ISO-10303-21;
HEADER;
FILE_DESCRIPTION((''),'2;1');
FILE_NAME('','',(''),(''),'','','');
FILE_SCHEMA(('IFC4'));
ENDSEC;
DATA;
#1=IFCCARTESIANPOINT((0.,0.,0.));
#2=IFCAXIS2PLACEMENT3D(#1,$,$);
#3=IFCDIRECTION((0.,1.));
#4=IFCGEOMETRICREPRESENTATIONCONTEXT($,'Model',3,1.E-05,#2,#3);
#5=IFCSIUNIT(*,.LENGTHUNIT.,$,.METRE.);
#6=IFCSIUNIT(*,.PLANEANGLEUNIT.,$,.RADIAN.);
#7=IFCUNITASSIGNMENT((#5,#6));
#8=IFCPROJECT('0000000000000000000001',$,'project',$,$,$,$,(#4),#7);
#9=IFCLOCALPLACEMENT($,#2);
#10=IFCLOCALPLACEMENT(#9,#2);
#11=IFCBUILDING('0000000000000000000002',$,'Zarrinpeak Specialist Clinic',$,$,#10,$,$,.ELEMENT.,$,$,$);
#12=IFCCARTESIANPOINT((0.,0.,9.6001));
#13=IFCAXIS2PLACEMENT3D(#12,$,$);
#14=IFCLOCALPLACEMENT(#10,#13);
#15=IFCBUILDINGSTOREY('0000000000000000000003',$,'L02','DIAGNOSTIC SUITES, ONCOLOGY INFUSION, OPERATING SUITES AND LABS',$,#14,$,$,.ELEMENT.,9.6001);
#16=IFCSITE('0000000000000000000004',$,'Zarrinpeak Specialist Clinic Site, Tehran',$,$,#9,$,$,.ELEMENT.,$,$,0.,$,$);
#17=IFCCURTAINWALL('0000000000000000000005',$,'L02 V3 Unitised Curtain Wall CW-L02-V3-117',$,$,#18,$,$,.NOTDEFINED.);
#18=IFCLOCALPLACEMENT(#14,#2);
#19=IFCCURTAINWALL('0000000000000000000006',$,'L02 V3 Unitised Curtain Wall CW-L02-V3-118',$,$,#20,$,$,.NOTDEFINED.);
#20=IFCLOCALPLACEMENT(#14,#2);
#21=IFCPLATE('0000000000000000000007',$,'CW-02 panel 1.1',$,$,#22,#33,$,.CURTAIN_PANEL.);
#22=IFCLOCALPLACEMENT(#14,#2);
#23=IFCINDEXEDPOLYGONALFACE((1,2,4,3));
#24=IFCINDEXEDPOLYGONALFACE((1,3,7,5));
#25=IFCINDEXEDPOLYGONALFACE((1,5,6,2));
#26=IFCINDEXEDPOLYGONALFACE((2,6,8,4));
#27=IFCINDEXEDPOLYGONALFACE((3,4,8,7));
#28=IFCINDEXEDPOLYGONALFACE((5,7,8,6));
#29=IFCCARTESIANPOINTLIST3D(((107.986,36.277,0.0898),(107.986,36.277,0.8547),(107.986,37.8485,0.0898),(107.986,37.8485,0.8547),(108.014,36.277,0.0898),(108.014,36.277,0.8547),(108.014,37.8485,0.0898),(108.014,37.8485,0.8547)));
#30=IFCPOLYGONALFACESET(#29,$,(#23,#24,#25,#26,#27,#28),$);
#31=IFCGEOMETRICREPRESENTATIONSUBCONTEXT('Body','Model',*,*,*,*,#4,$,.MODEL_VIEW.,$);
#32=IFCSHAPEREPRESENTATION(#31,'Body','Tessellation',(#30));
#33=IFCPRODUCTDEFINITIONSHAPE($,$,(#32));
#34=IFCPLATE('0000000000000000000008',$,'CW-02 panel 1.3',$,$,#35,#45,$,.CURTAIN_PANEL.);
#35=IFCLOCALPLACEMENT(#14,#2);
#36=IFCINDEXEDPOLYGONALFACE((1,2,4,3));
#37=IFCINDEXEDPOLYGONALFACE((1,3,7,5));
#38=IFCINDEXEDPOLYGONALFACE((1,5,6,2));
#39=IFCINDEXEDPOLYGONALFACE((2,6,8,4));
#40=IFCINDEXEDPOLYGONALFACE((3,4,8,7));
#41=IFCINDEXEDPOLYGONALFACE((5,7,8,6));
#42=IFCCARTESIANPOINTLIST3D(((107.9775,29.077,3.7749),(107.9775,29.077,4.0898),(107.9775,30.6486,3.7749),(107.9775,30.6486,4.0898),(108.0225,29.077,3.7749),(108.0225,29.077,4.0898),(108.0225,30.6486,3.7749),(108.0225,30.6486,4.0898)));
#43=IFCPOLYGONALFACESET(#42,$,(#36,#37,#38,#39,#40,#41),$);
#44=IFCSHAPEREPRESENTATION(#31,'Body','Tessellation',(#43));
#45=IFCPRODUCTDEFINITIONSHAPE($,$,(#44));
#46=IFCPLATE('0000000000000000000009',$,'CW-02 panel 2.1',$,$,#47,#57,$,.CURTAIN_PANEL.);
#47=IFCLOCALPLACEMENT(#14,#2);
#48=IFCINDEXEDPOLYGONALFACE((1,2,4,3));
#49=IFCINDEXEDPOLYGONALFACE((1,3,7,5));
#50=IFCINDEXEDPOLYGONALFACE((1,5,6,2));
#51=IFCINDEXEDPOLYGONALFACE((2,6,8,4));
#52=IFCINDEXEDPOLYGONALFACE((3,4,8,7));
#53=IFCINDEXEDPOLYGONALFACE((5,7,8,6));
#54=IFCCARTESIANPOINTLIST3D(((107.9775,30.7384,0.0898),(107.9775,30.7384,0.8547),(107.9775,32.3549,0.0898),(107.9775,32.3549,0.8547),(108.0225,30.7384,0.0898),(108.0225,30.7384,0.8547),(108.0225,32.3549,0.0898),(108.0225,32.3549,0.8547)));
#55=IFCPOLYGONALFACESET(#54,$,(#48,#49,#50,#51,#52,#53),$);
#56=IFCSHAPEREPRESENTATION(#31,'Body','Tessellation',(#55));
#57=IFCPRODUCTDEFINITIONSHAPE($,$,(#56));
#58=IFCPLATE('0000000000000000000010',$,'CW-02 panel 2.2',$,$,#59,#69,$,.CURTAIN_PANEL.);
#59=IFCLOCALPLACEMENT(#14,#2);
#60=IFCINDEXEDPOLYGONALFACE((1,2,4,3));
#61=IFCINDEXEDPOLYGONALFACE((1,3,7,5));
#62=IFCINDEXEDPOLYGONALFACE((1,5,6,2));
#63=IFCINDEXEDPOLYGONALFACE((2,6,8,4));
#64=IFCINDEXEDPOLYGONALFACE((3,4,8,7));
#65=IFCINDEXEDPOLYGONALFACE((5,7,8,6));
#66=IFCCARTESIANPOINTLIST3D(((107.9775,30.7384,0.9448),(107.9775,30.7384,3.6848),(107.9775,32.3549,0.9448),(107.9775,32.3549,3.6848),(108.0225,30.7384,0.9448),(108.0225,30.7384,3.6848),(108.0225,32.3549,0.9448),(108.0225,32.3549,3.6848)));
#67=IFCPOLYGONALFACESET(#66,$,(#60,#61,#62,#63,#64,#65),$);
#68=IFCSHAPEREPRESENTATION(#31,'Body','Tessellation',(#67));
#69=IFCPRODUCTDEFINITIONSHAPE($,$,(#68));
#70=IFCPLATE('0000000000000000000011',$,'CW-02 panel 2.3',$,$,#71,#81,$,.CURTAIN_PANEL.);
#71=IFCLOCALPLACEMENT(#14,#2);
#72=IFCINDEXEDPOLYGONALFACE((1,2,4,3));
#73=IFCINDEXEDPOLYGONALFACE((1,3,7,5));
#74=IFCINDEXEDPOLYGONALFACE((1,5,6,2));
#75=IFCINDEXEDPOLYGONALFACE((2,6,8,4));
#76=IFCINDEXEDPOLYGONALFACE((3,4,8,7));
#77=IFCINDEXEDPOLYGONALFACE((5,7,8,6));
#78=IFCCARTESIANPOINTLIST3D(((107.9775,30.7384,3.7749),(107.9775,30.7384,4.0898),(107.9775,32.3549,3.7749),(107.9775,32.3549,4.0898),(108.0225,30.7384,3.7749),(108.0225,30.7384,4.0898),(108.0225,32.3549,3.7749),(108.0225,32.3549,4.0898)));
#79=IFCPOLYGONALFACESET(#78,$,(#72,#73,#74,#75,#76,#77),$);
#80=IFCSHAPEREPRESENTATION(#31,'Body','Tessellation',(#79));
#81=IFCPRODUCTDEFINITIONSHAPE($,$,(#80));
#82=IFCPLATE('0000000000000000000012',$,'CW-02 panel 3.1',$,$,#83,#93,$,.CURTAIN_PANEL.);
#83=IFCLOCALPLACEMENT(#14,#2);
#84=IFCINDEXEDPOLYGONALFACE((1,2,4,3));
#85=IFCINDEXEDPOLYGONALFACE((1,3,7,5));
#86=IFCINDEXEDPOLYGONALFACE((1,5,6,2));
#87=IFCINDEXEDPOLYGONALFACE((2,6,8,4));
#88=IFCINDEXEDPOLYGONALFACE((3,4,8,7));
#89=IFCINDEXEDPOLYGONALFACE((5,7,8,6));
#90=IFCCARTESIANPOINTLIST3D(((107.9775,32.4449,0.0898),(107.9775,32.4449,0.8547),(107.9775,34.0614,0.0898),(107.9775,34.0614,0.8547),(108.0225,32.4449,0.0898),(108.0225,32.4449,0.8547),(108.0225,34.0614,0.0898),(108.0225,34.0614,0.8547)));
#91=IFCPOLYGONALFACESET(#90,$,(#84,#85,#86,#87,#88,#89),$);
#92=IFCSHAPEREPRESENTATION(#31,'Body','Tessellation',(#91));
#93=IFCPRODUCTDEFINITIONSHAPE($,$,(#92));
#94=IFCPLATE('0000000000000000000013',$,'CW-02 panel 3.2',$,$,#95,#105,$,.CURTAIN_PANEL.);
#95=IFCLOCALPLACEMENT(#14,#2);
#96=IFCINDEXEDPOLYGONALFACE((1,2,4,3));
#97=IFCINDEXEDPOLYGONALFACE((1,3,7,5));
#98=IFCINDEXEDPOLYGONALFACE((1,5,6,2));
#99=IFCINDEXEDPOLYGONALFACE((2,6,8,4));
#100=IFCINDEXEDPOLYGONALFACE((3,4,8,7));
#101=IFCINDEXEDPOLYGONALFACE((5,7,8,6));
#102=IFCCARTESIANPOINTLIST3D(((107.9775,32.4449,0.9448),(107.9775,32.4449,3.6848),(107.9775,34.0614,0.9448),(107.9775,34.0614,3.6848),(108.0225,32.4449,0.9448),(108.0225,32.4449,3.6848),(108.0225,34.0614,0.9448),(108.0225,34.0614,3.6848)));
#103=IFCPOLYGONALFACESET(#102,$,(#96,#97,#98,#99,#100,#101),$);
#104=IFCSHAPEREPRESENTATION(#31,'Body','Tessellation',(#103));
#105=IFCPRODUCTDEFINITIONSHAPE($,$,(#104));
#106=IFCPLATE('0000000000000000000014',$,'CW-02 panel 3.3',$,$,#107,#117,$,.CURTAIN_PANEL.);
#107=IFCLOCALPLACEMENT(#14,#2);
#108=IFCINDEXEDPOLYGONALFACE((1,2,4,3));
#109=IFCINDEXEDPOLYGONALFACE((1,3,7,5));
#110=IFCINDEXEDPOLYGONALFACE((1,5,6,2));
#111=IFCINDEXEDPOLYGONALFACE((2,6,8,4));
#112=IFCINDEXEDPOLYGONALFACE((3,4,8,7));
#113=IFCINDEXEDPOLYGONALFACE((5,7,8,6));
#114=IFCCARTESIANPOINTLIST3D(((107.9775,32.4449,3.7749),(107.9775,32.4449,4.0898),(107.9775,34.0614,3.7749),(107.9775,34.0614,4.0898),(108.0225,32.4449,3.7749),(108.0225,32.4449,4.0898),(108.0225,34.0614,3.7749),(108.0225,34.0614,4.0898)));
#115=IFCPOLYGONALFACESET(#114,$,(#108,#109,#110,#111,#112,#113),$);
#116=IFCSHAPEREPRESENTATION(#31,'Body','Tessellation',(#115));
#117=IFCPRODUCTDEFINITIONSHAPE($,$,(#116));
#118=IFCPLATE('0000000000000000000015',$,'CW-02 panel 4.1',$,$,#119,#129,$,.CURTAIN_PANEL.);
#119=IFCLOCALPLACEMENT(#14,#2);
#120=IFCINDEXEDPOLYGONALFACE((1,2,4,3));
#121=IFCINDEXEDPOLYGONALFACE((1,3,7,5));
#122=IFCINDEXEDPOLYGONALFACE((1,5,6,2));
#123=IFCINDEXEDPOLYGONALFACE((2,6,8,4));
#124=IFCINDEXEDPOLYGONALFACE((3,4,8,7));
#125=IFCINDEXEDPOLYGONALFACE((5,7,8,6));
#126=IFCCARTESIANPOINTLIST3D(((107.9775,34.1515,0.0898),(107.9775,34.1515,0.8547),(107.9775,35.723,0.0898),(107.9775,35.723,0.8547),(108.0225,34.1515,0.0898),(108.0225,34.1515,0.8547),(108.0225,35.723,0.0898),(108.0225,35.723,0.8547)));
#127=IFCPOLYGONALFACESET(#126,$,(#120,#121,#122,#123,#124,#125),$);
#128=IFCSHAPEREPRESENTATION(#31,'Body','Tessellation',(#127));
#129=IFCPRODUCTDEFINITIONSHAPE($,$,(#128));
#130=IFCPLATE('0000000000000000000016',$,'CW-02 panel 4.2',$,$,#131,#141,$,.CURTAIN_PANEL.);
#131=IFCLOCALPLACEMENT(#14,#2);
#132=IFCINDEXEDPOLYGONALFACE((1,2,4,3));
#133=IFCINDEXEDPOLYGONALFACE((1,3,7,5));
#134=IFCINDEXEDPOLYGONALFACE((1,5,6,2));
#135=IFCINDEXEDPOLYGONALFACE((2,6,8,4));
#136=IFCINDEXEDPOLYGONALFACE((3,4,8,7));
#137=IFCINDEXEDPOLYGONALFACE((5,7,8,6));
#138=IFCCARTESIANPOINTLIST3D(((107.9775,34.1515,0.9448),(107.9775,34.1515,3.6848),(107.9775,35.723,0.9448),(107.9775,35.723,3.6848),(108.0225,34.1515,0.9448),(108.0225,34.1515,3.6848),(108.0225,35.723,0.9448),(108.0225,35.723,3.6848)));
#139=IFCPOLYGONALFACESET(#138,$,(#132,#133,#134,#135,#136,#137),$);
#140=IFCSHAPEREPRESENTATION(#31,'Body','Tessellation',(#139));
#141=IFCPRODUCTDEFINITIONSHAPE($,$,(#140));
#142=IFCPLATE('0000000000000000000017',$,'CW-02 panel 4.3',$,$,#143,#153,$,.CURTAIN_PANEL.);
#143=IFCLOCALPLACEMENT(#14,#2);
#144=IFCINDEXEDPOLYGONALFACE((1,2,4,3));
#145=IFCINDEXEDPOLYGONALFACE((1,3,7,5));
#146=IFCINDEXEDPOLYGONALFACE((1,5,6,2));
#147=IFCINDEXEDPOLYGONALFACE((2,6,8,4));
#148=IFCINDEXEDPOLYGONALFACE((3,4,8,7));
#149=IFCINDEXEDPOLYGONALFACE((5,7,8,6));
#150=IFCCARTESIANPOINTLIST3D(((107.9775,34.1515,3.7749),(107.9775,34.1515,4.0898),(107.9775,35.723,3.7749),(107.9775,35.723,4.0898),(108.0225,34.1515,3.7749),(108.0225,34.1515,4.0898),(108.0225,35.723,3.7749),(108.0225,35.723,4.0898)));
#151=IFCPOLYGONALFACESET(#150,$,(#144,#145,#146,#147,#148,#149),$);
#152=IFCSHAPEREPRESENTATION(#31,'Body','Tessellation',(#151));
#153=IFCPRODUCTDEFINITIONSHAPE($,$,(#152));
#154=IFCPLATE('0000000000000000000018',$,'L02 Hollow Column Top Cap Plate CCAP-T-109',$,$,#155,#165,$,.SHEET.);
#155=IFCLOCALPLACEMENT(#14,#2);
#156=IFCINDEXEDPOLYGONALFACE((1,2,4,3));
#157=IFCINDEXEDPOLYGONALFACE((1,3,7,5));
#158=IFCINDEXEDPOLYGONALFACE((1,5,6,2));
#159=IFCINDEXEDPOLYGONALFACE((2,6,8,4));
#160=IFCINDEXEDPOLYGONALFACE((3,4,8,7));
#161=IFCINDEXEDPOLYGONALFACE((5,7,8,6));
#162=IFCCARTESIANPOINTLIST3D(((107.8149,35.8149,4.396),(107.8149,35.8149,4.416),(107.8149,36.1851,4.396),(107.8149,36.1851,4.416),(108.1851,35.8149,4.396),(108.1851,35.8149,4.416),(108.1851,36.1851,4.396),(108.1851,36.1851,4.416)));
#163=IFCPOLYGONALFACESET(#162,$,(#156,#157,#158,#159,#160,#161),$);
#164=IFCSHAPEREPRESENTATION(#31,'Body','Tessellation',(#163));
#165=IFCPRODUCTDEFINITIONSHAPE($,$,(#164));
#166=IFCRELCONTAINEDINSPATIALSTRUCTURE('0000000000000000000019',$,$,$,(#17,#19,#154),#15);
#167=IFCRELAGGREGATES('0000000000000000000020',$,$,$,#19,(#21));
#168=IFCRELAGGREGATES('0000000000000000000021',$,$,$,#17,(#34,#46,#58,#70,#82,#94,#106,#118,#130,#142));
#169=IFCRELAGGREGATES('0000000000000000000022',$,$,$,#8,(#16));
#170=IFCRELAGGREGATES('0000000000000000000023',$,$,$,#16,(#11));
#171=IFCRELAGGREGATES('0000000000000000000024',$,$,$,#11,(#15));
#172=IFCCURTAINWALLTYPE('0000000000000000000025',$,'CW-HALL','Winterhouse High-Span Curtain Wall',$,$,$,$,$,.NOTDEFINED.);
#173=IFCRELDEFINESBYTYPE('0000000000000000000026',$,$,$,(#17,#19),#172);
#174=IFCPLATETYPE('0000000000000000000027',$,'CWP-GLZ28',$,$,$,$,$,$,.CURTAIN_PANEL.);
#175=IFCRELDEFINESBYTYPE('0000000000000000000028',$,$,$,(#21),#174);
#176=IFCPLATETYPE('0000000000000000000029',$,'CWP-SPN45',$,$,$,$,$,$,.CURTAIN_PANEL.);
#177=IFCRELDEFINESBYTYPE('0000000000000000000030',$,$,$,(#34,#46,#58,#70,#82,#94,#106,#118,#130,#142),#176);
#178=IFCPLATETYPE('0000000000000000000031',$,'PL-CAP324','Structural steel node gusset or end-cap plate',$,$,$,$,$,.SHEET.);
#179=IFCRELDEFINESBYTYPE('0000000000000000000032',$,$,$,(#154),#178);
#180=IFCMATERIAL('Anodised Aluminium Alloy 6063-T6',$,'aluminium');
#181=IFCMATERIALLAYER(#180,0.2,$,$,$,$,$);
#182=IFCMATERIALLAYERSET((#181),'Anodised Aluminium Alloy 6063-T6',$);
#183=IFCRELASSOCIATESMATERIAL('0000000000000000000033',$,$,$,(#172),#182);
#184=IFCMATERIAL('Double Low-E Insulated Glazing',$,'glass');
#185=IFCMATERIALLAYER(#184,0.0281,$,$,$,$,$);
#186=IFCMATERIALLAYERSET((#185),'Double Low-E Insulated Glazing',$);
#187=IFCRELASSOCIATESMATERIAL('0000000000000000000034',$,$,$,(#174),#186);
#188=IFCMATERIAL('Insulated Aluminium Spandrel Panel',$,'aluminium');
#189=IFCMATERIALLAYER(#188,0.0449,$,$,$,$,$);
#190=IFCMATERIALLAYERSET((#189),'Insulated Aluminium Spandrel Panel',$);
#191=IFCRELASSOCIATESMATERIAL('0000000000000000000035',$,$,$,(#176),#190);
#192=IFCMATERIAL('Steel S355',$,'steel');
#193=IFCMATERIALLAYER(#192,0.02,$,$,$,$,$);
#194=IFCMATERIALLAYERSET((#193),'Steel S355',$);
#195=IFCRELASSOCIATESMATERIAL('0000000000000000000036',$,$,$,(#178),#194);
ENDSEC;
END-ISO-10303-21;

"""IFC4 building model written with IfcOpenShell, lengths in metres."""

from ifc_helpers import new_model, si_unit, direction, frame, origin, origin_2d, place, context, subcontext, project, spatial, rectangle, extrude, material, layer, layer_set, type_object, element, aggregate, save


model = new_model("IFC4")

# Units and contexts
model_context = context("Model", 3, precision=1e-05, world=origin(), true_north=direction((0.0, 1.0)))
body_context = subcontext(model_context, "Body", "Model", "MODEL_VIEW")
ifc_project = project(units=[si_unit("LENGTHUNIT", "METRE"), si_unit("PLANEANGLEUNIT", "RADIAN")], contexts=[model_context])

# Site, building, storey
site_placement = place(None, origin())
site = spatial("IfcSite", under=ifc_project, at=site_placement, Name="Zarrinpeak Specialist Clinic Site, Tehran", CompositionType="ELEMENT", RefElevation=0.0)
building_placement = place(site_placement, origin())
building = spatial("IfcBuilding", under=site, at=building_placement, Name="Zarrinpeak Specialist Clinic", CompositionType="ELEMENT")
storey_placement = place(building_placement, frame((0.0, 0.0, 9.6001)))
storey = spatial("IfcBuildingStorey", under=building, at=storey_placement, Name="L02", Description="DIAGNOSTIC SUITES, ONCOLOGY INFUSION, OPERATING SUITES AND LABS", CompositionType="ELEMENT", Elevation=9.6001)

# Shared definitions
ifc_material_1 = material(Name="Steel S355", Category="steel")

# Curtain wall
ifc_material_2 = material(Name="Anodised Aluminium Alloy 6063-T6", Category="aluminium")
ifc_layer_1 = layer(ifc_material_2, 0.2)
ifc_layer_set_1 = layer_set([ifc_layer_1], Name="Anodised Aluminium Alloy 6063-T6")
curtain_wall_type = type_object("IfcCurtainWallType", Name="CW-HALL", Description="Winterhouse High-Span Curtain Wall", PredefinedType="NOTDEFINED", material=ifc_layer_set_1)
curtain_wall_1_placement = place(storey_placement, origin())
curtain_wall_1 = element("IfcCurtainWall", 1, at=curtain_wall_1_placement, inside=storey, type_object=curtain_wall_type, Name="L02 V3 Unitised Curtain Wall CW-L02-V3-117", PredefinedType="NOTDEFINED")

# Curtain wall
curtain_wall_2_placement = place(storey_placement, origin())
curtain_wall_2 = element("IfcCurtainWall", 2, at=curtain_wall_2_placement, inside=storey, type_object=curtain_wall_type, Name="L02 V3 Unitised Curtain Wall CW-L02-V3-118", PredefinedType="NOTDEFINED")

# Plates
ifc_material_3 = material(Name="Double Low-E Insulated Glazing", Category="glass")
ifc_layer_2 = layer(ifc_material_3, 0.0281)
ifc_layer_set_2 = layer_set([ifc_layer_2], Name="Double Low-E Insulated Glazing")
plate_type_1 = type_object("IfcPlateType", Name="CWP-GLZ28", PredefinedType="CURTAIN_PANEL", material=ifc_layer_set_2)
plate_1_placement = place(storey_placement, frame((108.0, 37.0627, 0.0898), z_axis=(0.0, 0.0, 1.0), x_axis=(0.0, 1.0, 0.0)))
plate_1 = element("IfcPlate", 3, at=plate_1_placement, type_object=plate_type_1, Name="CW-02 panel 1.1", PredefinedType="CURTAIN_PANEL", context=body_context, shape_type="SweptSolid", body=[
    extrude(rectangle(XDim=1.5715, YDim=0.0281, at=origin_2d()), origin(), (0.0, 0.0, 1.0), 0.7649),
])
aggregate(curtain_wall_2, [plate_1])
ifc_material_4 = material(Name="Insulated Aluminium Spandrel Panel", Category="aluminium")
ifc_layer_3 = layer(ifc_material_4, 0.0449)
ifc_layer_set_3 = layer_set([ifc_layer_3], Name="Insulated Aluminium Spandrel Panel")
plate_type_2 = type_object("IfcPlateType", Name="CWP-SPN45", PredefinedType="CURTAIN_PANEL", material=ifc_layer_set_3)
plate_2_placement = place(storey_placement, frame((108.0, 29.8628, 3.7749), z_axis=(0.0, 0.0, 1.0), x_axis=(0.0, 1.0, 0.0)))
plate_2 = element("IfcPlate", 4, at=plate_2_placement, type_object=plate_type_2, Name="CW-02 panel 1.3", PredefinedType="CURTAIN_PANEL", context=body_context, shape_type="SweptSolid", body=[
    extrude(rectangle(XDim=1.5715, YDim=0.0449, at=origin_2d()), origin(), (0.0, 0.0, 1.0), 0.3149),
])
plate_3_placement = place(storey_placement, frame((108.0, 31.5466, 0.0898), z_axis=(0.0, 0.0, 1.0), x_axis=(0.0, 1.0, 0.0)))
plate_3 = element("IfcPlate", 5, at=plate_3_placement, type_object=plate_type_2, Name="CW-02 panel 2.1", PredefinedType="CURTAIN_PANEL", context=body_context, shape_type="SweptSolid", body=[
    extrude(rectangle(XDim=1.6165, YDim=0.0449, at=origin_2d()), origin(), (0.0, 0.0, 1.0), 0.7649),
])
plate_4_placement = place(storey_placement, frame((108.0, 31.5466, 0.9448), z_axis=(0.0, 0.0, 1.0), x_axis=(0.0, 1.0, 0.0)))
plate_4 = element("IfcPlate", 6, at=plate_4_placement, type_object=plate_type_2, Name="CW-02 panel 2.2", PredefinedType="CURTAIN_PANEL", context=body_context, shape_type="SweptSolid", body=[
    extrude(rectangle(XDim=1.6165, YDim=0.0449, at=origin_2d()), origin(), (0.0, 0.0, 1.0), 2.74),
])
plate_5_placement = place(storey_placement, frame((108.0, 31.5466, 3.7749), z_axis=(0.0, 0.0, 1.0), x_axis=(0.0, 1.0, 0.0)))
plate_5 = element("IfcPlate", 7, at=plate_5_placement, type_object=plate_type_2, Name="CW-02 panel 2.3", PredefinedType="CURTAIN_PANEL", context=body_context, shape_type="SweptSolid", body=[
    extrude(rectangle(XDim=1.6165, YDim=0.0449, at=origin_2d()), origin(), (0.0, 0.0, 1.0), 0.3149),
])
plate_6_placement = place(storey_placement, frame((108.0, 33.2532, 0.0898), z_axis=(0.0, 0.0, 1.0), x_axis=(0.0, 1.0, 0.0)))
plate_6 = element("IfcPlate", 8, at=plate_6_placement, type_object=plate_type_2, Name="CW-02 panel 3.1", PredefinedType="CURTAIN_PANEL", context=body_context, shape_type="SweptSolid", body=[
    extrude(rectangle(XDim=1.6165, YDim=0.0449, at=origin_2d()), origin(), (0.0, 0.0, 1.0), 0.7649),
])
plate_7_placement = place(storey_placement, frame((108.0, 33.2532, 0.9448), z_axis=(0.0, 0.0, 1.0), x_axis=(0.0, 1.0, 0.0)))
plate_7 = element("IfcPlate", 9, at=plate_7_placement, type_object=plate_type_2, Name="CW-02 panel 3.2", PredefinedType="CURTAIN_PANEL", context=body_context, shape_type="SweptSolid", body=[
    extrude(rectangle(XDim=1.6165, YDim=0.0449, at=origin_2d()), origin(), (0.0, 0.0, 1.0), 2.74),
])
plate_8_placement = place(storey_placement, frame((108.0, 33.2532, 3.7749), z_axis=(0.0, 0.0, 1.0), x_axis=(0.0, 1.0, 0.0)))
plate_8 = element("IfcPlate", 10, at=plate_8_placement, type_object=plate_type_2, Name="CW-02 panel 3.3", PredefinedType="CURTAIN_PANEL", context=body_context, shape_type="SweptSolid", body=[
    extrude(rectangle(XDim=1.6165, YDim=0.0449, at=origin_2d()), origin(), (0.0, 0.0, 1.0), 0.3149),
])
plate_9_placement = place(storey_placement, frame((108.0, 34.9373, 0.0898), z_axis=(0.0, 0.0, 1.0), x_axis=(0.0, 1.0, 0.0)))
plate_9 = element("IfcPlate", 11, at=plate_9_placement, type_object=plate_type_2, Name="CW-02 panel 4.1", PredefinedType="CURTAIN_PANEL", context=body_context, shape_type="SweptSolid", body=[
    extrude(rectangle(XDim=1.5715, YDim=0.0449, at=origin_2d()), origin(), (0.0, 0.0, 1.0), 0.7649),
])
plate_10_placement = place(storey_placement, frame((108.0, 34.9373, 0.9448), z_axis=(0.0, 0.0, 1.0), x_axis=(0.0, 1.0, 0.0)))
plate_10 = element("IfcPlate", 12, at=plate_10_placement, type_object=plate_type_2, Name="CW-02 panel 4.2", PredefinedType="CURTAIN_PANEL", context=body_context, shape_type="SweptSolid", body=[
    extrude(rectangle(XDim=1.5715, YDim=0.0449, at=origin_2d()), origin(), (0.0, 0.0, 1.0), 2.74),
])
plate_11_placement = place(storey_placement, frame((108.0, 34.9373, 3.7749), z_axis=(0.0, 0.0, 1.0), x_axis=(0.0, 1.0, 0.0)))
plate_11 = element("IfcPlate", 13, at=plate_11_placement, type_object=plate_type_2, Name="CW-02 panel 4.3", PredefinedType="CURTAIN_PANEL", context=body_context, shape_type="SweptSolid", body=[
    extrude(rectangle(XDim=1.5715, YDim=0.0449, at=origin_2d()), origin(), (0.0, 0.0, 1.0), 0.3149),
])
aggregate(curtain_wall_1, [plate_2, plate_3, plate_4, plate_5, plate_6, plate_7, plate_8, plate_9, plate_10, plate_11])
ifc_layer_4 = layer(ifc_material_1, 0.02)
ifc_layer_set_4 = layer_set([ifc_layer_4], Name="Steel S355")
plate_type_3 = type_object("IfcPlateType", Name="PL-CAP324", Description="Structural steel node gusset or end-cap plate", PredefinedType="SHEET", material=ifc_layer_set_4)
plate_12_placement = place(storey_placement, frame((108.0, 36.0, 4.396), z_axis=(0.0, 0.0, 1.0), x_axis=(1.0, 0.0, 0.0)))
element("IfcPlate", 14, at=plate_12_placement, inside=storey, type_object=plate_type_3, Name="L02 Hollow Column Top Cap Plate CCAP-T-109", PredefinedType="SHEET", context=body_context, shape_type="SweptSolid", body=[
    extrude(rectangle(XDim=0.3701, YDim=0.3701, at=origin_2d()), origin(), (0.0, 0.0, 1.0), 0.02),
])

save(model, "model.ifc")
